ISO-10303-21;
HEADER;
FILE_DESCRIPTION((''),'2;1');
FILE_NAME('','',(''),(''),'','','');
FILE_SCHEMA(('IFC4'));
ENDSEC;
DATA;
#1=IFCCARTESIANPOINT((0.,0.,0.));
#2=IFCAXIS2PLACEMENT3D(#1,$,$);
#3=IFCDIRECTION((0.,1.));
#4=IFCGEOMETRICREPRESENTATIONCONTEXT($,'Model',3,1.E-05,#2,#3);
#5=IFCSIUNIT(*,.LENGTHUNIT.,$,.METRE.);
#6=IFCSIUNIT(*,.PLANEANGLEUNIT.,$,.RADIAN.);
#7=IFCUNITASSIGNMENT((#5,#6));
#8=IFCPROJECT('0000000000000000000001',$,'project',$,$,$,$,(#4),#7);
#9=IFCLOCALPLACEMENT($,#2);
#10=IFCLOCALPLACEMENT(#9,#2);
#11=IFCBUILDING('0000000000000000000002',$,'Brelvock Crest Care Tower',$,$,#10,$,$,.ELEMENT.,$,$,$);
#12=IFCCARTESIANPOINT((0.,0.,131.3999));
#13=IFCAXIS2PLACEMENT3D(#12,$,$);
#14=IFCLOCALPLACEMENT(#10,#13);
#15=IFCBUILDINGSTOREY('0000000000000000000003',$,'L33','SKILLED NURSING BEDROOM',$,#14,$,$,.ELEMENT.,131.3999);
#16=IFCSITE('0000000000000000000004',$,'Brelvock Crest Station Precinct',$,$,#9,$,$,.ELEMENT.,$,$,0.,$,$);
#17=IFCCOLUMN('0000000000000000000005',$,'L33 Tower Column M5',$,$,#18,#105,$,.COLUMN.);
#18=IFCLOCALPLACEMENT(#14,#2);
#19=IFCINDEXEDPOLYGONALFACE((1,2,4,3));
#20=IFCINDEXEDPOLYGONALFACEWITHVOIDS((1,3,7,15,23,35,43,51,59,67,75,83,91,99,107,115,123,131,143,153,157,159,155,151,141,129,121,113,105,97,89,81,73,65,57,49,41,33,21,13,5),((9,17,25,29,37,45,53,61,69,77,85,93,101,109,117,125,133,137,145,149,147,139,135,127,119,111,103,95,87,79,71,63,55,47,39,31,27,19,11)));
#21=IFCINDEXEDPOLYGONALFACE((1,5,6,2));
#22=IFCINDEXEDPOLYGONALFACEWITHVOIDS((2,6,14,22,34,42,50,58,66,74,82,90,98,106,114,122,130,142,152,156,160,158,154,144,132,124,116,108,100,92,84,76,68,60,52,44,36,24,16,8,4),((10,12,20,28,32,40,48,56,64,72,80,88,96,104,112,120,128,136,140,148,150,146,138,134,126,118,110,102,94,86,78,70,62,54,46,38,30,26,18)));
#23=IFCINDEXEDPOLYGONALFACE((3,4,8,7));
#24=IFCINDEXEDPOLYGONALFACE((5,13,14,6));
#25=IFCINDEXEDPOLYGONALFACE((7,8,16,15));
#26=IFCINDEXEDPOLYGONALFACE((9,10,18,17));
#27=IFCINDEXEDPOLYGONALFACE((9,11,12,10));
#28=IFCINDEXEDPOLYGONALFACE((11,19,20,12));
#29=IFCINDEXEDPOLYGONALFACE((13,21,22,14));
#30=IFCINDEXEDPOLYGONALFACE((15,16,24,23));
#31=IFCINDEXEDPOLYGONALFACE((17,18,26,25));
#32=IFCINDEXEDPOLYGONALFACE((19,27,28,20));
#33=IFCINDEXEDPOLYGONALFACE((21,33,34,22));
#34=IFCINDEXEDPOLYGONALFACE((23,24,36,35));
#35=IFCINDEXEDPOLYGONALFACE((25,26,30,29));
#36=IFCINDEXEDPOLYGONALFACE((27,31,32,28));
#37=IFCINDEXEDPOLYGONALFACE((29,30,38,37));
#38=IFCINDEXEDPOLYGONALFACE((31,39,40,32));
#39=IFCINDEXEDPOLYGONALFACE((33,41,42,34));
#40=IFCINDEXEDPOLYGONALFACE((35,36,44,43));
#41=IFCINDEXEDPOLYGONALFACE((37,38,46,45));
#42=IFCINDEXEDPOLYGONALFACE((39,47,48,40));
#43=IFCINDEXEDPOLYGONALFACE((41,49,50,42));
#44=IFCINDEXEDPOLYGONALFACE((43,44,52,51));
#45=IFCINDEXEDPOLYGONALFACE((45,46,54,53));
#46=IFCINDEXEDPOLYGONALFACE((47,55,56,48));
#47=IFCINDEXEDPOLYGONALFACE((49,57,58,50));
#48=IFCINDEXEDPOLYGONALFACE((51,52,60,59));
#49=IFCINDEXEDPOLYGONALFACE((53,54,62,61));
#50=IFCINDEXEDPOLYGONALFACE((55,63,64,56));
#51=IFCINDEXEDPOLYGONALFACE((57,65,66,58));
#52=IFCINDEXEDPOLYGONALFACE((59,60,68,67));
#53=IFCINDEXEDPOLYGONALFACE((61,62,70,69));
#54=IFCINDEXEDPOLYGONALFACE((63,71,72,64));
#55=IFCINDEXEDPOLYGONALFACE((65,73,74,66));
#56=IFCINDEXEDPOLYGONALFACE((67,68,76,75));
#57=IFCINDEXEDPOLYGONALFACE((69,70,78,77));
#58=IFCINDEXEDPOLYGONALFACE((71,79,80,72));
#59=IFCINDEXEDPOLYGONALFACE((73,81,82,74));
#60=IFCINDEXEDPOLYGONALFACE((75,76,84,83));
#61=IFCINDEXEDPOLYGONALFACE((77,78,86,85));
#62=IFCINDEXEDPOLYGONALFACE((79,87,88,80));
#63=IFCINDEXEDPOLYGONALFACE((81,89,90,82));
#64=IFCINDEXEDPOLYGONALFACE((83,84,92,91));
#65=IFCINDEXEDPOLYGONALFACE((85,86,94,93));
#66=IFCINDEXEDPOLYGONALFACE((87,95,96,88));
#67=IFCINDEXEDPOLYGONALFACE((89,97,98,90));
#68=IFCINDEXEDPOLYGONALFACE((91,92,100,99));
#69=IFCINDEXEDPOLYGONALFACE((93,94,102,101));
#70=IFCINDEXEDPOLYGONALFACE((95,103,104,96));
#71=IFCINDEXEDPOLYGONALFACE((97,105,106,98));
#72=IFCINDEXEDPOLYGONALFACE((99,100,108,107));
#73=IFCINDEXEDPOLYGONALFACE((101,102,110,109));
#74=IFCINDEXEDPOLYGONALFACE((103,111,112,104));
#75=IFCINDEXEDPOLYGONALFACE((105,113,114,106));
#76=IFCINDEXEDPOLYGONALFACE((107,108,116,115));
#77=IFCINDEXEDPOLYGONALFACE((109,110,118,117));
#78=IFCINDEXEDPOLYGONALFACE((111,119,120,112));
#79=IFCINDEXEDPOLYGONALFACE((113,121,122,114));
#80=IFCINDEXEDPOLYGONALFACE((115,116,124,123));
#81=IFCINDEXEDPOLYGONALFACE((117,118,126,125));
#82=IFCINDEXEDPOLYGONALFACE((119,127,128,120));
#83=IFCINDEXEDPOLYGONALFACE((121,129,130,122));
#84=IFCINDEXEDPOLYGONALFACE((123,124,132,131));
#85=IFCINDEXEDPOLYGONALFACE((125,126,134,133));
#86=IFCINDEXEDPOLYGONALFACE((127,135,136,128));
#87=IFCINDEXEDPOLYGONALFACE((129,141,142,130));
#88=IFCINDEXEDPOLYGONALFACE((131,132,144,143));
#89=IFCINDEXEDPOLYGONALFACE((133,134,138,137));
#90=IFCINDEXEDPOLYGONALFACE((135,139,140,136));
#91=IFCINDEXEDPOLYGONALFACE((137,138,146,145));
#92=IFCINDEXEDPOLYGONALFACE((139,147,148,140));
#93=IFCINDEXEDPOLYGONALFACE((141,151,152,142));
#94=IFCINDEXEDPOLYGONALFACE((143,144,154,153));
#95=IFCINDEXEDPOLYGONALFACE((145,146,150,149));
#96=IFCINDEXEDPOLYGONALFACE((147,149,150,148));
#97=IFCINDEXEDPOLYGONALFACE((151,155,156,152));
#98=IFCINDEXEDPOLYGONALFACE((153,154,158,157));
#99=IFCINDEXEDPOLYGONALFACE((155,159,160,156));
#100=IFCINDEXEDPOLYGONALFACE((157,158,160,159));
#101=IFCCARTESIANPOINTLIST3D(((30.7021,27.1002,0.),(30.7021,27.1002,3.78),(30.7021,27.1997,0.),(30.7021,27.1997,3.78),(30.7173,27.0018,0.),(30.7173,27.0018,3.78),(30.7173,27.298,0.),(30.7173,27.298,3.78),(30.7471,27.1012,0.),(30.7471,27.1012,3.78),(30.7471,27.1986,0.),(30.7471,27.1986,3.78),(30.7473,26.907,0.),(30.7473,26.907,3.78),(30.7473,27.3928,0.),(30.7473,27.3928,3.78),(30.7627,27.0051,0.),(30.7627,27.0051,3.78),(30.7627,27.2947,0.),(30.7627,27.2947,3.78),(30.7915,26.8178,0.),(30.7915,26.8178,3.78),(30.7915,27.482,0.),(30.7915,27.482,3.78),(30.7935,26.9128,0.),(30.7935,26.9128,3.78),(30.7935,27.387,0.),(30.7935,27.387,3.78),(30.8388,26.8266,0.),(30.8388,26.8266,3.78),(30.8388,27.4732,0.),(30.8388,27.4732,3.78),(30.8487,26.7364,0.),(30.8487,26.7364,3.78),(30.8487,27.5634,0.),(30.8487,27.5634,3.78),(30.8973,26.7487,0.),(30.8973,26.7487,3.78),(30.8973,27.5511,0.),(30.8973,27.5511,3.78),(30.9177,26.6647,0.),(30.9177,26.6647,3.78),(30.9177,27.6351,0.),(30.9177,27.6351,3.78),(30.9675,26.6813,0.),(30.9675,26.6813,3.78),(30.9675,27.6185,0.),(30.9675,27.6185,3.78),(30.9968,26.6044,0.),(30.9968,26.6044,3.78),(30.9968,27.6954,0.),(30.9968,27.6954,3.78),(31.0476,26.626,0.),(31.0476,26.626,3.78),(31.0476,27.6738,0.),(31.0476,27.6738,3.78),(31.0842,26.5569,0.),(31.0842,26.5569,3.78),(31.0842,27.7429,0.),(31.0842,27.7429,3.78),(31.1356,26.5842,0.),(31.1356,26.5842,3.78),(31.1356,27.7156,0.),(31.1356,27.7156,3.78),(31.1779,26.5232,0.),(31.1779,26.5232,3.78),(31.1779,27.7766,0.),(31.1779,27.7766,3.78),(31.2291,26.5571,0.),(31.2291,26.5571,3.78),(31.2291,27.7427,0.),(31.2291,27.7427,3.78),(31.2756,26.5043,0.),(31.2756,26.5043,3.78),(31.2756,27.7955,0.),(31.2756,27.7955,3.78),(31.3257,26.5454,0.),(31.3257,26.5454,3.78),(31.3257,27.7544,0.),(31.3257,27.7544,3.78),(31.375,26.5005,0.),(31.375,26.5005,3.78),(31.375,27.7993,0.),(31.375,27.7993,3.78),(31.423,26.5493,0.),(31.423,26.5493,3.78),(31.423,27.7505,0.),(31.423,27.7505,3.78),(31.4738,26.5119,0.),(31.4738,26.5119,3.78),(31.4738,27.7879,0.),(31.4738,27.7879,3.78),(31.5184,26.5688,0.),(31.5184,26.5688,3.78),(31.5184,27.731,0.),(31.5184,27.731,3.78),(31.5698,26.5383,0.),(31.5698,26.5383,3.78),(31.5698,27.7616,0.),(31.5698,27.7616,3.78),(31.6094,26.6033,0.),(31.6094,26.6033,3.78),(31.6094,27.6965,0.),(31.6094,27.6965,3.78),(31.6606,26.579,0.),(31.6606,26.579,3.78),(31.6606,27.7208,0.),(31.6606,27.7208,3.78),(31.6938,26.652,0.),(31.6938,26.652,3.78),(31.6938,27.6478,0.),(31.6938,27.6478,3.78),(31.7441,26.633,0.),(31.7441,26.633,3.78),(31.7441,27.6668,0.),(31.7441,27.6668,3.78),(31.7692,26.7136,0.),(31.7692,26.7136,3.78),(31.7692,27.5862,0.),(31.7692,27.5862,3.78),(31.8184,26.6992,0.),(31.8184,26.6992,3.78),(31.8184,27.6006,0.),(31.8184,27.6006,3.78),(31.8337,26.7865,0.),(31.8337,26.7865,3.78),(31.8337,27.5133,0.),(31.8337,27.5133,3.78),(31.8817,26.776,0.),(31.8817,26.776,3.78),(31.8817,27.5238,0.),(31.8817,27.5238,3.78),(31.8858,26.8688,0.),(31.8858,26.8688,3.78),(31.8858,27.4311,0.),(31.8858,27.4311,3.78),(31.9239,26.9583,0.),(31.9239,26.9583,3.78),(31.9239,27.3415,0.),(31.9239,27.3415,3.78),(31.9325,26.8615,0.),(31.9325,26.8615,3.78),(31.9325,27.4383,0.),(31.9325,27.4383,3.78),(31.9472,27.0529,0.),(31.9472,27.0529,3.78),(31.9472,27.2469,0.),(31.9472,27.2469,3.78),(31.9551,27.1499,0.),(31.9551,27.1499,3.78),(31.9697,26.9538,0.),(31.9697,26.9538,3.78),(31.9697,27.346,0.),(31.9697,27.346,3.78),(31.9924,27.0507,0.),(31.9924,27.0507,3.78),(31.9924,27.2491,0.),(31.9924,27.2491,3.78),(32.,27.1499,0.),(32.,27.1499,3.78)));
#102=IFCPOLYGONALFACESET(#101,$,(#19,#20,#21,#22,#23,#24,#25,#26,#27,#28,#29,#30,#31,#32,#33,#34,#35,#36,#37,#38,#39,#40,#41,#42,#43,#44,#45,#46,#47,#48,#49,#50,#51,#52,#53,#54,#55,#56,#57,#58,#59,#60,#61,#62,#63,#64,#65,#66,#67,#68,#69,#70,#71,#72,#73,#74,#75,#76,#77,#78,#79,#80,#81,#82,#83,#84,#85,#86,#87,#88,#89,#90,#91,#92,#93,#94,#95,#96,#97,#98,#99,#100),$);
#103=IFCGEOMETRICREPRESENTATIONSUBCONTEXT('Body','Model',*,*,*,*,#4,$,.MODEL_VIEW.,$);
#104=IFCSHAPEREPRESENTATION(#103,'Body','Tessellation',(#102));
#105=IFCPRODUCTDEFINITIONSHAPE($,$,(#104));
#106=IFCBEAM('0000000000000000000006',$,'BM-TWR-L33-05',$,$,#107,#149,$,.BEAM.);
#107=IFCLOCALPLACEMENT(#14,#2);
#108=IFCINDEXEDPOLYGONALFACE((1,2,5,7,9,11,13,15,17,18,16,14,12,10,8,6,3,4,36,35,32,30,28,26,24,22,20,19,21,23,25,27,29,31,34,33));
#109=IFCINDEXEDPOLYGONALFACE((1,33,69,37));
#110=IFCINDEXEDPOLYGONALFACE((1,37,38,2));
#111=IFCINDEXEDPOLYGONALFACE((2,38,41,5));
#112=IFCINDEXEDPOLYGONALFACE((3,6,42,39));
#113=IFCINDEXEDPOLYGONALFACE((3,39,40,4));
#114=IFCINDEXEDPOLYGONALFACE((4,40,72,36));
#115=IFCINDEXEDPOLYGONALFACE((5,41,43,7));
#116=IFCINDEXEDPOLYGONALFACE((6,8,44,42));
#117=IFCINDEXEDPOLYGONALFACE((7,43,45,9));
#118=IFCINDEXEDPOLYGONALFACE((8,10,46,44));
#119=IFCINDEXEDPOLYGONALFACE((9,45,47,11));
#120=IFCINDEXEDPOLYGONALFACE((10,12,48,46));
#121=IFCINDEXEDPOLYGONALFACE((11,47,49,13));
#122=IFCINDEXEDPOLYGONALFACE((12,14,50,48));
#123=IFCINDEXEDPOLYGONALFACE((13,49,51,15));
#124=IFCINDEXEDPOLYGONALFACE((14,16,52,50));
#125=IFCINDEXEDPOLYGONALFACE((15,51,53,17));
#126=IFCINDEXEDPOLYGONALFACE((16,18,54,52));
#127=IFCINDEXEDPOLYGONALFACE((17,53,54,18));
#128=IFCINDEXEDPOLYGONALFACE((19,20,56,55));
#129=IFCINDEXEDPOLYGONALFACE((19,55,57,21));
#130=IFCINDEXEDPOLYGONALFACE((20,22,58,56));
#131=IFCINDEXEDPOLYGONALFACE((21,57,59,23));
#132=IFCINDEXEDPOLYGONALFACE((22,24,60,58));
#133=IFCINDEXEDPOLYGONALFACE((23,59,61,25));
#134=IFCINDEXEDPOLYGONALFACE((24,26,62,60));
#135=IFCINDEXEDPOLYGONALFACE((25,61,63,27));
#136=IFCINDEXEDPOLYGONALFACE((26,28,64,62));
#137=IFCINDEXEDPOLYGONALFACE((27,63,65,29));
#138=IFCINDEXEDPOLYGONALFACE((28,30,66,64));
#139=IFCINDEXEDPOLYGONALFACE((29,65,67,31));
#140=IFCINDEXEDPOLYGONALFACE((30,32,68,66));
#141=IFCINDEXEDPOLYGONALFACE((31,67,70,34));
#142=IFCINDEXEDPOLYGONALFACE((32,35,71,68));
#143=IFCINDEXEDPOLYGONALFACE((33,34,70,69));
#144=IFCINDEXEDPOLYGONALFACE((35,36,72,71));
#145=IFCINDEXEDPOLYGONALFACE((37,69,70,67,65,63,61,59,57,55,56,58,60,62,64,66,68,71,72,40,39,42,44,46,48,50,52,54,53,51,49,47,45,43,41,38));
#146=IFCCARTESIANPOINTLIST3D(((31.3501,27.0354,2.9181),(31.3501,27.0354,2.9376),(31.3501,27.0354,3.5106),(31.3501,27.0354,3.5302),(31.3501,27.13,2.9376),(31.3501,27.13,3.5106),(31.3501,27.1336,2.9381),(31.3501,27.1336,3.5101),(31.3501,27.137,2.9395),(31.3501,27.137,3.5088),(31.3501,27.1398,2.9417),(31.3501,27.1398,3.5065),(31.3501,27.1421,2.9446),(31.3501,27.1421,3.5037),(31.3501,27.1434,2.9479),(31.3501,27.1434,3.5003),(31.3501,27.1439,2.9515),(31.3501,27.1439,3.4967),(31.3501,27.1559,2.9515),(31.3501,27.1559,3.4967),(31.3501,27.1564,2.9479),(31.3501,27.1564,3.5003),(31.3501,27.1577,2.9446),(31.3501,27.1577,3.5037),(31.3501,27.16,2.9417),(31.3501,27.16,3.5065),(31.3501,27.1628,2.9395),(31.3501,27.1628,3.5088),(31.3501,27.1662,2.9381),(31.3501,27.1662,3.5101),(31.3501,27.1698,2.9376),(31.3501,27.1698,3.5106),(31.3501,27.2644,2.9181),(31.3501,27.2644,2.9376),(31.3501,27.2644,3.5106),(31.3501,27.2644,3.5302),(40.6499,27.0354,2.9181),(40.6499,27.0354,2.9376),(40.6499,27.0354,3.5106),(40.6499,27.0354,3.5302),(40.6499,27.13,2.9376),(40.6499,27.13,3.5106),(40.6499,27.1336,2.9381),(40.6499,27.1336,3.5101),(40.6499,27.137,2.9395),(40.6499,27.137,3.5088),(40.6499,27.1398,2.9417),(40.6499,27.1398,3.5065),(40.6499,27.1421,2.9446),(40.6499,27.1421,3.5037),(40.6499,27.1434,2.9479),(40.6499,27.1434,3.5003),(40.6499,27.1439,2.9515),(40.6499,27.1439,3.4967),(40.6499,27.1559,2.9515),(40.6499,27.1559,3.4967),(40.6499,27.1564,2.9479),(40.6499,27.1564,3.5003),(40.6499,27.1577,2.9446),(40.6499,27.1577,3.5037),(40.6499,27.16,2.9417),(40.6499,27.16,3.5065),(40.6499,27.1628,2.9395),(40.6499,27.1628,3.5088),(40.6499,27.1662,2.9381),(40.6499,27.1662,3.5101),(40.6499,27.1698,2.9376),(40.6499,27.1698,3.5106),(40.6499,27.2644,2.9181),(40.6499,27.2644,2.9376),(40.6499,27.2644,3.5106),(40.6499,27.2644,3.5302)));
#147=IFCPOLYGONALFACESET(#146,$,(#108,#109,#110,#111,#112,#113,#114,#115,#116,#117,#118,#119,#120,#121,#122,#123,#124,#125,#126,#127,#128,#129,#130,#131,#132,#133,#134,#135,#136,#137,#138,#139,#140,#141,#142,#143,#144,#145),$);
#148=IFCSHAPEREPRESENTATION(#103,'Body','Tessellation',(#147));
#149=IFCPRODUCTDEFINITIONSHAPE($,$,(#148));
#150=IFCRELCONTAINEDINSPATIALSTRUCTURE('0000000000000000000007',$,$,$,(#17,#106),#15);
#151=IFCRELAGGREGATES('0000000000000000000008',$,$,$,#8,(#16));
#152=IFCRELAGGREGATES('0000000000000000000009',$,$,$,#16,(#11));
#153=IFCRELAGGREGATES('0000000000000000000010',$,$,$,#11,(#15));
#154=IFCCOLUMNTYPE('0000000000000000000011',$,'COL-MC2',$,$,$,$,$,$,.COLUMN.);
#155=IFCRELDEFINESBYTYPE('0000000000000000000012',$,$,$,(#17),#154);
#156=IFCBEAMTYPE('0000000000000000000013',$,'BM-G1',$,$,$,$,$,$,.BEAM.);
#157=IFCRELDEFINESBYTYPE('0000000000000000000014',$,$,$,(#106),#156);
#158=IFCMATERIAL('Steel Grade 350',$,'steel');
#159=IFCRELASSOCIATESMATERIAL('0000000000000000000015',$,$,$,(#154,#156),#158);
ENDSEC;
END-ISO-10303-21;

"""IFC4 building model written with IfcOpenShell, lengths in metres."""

from ifc_helpers import new_model, si_unit, direction, frame, origin, origin_2d, place, context, subcontext, project, spatial, hollow_circle, i_section, extrude, source, transform, mapped, material, material_profile, profile_set, type_object, element, save


model = new_model("IFC4")

# Units and contexts
model_context = context("Model", 3, precision=1e-05, world=origin(), true_north=direction((0.0, 1.0)))
body_context = subcontext(model_context, "Body", "Model", "MODEL_VIEW")
ifc_project = project(units=[si_unit("LENGTHUNIT", "METRE"), si_unit("PLANEANGLEUNIT", "RADIAN")], contexts=[model_context])

# Site, building, storey
site_placement = place(None, origin())
site = spatial("IfcSite", under=ifc_project, at=site_placement, Name="Brelvock Crest Station Precinct", CompositionType="ELEMENT", RefElevation=0.0)
building_placement = place(site_placement, origin())
building = spatial("IfcBuilding", under=site, at=building_placement, Name="Brelvock Crest Care Tower", CompositionType="ELEMENT")
storey_placement = place(building_placement, frame((0.0, 0.0, 131.3999)))
storey = spatial("IfcBuildingStorey", under=building, at=storey_placement, Name="L33", Description="SKILLED NURSING BEDROOM", CompositionType="ELEMENT", Elevation=131.3999)

# Column
ifc_material_1 = material(Name="Steel Grade 350", Category="steel")
ifc_material_profile_1 = material_profile(ifc_material_1, hollow_circle(Radius=0.6499, WallThickness=0.0449, at=origin_2d()), Name="CFT1300x45")
ifc_profile_set_1 = profile_set([ifc_material_profile_1], Name="Steel Grade 350")
column_type = type_object("IfcColumnType", Name="COL-MC2", PredefinedType="COLUMN", material=ifc_profile_set_1)
shared_shape_1 = source(origin(), body_context, "Body", "SweptSolid", [
    extrude(hollow_circle(Radius=0.6499, WallThickness=0.0449, at=origin_2d()), origin(), (0.0, 0.0, 1.0), 3.78),
])
column_placement = place(storey_placement, frame((31.3501, 27.1499, 0.0), z_axis=(0.0, 0.0, 1.0), x_axis=(1.0, 0.0, 0.0)))
element("IfcColumn", 1, at=column_placement, inside=storey, type_object=column_type, Name="L33 Tower Column M5", PredefinedType="COLUMN", context=body_context, shape_type="MappedRepresentation", body=[
    mapped(shared_shape_1, transform((0.0, 0.0, 0.0), x_axis=(1.0, 0.0, 0.0), y_axis=(0.0, 1.0, 0.0), z_axis=(0.0, 0.0, 1.0), scale=1.0)),
])

# Beam
ifc_material_profile_2 = material_profile(ifc_material_1, i_section(OverallWidth=0.229, OverallDepth=0.6121, WebThickness=0.012, FlangeThickness=0.0195, FilletRadius=0.0139, at=origin_2d()), Name="610UB125")
ifc_profile_set_2 = profile_set([ifc_material_profile_2], Name="Steel Grade 350")
beam_type_1 = type_object("IfcBeamType", Name="BM-G1", PredefinedType="BEAM", material=ifc_profile_set_2)
shared_shape_2 = source(origin(), body_context, "Body", "SweptSolid", [
    extrude(i_section(OverallWidth=0.229, OverallDepth=0.6121, WebThickness=0.012, FlangeThickness=0.0195, FilletRadius=0.0139, at=origin_2d()), origin(), (0.0, 0.0, 1.0), 9.2998),
])
beam_1_placement = place(storey_placement, frame((31.3501, 27.1499, 3.2241), z_axis=(1.0, 0.0, 0.0), x_axis=(0.0, 1.0, 0.0)))
element("IfcBeam", 2, at=beam_1_placement, inside=storey, type_object=beam_type_1, Name="BM-TWR-L33-05", PredefinedType="BEAM", context=body_context, shape_type="MappedRepresentation", body=[
    mapped(shared_shape_2, transform((0.0, 0.0, 0.0), x_axis=(1.0, 0.0, 0.0), y_axis=(0.0, 1.0, 0.0), z_axis=(0.0, 0.0, 1.0), scale=1.0)),
])

save(model, "model.ifc")
